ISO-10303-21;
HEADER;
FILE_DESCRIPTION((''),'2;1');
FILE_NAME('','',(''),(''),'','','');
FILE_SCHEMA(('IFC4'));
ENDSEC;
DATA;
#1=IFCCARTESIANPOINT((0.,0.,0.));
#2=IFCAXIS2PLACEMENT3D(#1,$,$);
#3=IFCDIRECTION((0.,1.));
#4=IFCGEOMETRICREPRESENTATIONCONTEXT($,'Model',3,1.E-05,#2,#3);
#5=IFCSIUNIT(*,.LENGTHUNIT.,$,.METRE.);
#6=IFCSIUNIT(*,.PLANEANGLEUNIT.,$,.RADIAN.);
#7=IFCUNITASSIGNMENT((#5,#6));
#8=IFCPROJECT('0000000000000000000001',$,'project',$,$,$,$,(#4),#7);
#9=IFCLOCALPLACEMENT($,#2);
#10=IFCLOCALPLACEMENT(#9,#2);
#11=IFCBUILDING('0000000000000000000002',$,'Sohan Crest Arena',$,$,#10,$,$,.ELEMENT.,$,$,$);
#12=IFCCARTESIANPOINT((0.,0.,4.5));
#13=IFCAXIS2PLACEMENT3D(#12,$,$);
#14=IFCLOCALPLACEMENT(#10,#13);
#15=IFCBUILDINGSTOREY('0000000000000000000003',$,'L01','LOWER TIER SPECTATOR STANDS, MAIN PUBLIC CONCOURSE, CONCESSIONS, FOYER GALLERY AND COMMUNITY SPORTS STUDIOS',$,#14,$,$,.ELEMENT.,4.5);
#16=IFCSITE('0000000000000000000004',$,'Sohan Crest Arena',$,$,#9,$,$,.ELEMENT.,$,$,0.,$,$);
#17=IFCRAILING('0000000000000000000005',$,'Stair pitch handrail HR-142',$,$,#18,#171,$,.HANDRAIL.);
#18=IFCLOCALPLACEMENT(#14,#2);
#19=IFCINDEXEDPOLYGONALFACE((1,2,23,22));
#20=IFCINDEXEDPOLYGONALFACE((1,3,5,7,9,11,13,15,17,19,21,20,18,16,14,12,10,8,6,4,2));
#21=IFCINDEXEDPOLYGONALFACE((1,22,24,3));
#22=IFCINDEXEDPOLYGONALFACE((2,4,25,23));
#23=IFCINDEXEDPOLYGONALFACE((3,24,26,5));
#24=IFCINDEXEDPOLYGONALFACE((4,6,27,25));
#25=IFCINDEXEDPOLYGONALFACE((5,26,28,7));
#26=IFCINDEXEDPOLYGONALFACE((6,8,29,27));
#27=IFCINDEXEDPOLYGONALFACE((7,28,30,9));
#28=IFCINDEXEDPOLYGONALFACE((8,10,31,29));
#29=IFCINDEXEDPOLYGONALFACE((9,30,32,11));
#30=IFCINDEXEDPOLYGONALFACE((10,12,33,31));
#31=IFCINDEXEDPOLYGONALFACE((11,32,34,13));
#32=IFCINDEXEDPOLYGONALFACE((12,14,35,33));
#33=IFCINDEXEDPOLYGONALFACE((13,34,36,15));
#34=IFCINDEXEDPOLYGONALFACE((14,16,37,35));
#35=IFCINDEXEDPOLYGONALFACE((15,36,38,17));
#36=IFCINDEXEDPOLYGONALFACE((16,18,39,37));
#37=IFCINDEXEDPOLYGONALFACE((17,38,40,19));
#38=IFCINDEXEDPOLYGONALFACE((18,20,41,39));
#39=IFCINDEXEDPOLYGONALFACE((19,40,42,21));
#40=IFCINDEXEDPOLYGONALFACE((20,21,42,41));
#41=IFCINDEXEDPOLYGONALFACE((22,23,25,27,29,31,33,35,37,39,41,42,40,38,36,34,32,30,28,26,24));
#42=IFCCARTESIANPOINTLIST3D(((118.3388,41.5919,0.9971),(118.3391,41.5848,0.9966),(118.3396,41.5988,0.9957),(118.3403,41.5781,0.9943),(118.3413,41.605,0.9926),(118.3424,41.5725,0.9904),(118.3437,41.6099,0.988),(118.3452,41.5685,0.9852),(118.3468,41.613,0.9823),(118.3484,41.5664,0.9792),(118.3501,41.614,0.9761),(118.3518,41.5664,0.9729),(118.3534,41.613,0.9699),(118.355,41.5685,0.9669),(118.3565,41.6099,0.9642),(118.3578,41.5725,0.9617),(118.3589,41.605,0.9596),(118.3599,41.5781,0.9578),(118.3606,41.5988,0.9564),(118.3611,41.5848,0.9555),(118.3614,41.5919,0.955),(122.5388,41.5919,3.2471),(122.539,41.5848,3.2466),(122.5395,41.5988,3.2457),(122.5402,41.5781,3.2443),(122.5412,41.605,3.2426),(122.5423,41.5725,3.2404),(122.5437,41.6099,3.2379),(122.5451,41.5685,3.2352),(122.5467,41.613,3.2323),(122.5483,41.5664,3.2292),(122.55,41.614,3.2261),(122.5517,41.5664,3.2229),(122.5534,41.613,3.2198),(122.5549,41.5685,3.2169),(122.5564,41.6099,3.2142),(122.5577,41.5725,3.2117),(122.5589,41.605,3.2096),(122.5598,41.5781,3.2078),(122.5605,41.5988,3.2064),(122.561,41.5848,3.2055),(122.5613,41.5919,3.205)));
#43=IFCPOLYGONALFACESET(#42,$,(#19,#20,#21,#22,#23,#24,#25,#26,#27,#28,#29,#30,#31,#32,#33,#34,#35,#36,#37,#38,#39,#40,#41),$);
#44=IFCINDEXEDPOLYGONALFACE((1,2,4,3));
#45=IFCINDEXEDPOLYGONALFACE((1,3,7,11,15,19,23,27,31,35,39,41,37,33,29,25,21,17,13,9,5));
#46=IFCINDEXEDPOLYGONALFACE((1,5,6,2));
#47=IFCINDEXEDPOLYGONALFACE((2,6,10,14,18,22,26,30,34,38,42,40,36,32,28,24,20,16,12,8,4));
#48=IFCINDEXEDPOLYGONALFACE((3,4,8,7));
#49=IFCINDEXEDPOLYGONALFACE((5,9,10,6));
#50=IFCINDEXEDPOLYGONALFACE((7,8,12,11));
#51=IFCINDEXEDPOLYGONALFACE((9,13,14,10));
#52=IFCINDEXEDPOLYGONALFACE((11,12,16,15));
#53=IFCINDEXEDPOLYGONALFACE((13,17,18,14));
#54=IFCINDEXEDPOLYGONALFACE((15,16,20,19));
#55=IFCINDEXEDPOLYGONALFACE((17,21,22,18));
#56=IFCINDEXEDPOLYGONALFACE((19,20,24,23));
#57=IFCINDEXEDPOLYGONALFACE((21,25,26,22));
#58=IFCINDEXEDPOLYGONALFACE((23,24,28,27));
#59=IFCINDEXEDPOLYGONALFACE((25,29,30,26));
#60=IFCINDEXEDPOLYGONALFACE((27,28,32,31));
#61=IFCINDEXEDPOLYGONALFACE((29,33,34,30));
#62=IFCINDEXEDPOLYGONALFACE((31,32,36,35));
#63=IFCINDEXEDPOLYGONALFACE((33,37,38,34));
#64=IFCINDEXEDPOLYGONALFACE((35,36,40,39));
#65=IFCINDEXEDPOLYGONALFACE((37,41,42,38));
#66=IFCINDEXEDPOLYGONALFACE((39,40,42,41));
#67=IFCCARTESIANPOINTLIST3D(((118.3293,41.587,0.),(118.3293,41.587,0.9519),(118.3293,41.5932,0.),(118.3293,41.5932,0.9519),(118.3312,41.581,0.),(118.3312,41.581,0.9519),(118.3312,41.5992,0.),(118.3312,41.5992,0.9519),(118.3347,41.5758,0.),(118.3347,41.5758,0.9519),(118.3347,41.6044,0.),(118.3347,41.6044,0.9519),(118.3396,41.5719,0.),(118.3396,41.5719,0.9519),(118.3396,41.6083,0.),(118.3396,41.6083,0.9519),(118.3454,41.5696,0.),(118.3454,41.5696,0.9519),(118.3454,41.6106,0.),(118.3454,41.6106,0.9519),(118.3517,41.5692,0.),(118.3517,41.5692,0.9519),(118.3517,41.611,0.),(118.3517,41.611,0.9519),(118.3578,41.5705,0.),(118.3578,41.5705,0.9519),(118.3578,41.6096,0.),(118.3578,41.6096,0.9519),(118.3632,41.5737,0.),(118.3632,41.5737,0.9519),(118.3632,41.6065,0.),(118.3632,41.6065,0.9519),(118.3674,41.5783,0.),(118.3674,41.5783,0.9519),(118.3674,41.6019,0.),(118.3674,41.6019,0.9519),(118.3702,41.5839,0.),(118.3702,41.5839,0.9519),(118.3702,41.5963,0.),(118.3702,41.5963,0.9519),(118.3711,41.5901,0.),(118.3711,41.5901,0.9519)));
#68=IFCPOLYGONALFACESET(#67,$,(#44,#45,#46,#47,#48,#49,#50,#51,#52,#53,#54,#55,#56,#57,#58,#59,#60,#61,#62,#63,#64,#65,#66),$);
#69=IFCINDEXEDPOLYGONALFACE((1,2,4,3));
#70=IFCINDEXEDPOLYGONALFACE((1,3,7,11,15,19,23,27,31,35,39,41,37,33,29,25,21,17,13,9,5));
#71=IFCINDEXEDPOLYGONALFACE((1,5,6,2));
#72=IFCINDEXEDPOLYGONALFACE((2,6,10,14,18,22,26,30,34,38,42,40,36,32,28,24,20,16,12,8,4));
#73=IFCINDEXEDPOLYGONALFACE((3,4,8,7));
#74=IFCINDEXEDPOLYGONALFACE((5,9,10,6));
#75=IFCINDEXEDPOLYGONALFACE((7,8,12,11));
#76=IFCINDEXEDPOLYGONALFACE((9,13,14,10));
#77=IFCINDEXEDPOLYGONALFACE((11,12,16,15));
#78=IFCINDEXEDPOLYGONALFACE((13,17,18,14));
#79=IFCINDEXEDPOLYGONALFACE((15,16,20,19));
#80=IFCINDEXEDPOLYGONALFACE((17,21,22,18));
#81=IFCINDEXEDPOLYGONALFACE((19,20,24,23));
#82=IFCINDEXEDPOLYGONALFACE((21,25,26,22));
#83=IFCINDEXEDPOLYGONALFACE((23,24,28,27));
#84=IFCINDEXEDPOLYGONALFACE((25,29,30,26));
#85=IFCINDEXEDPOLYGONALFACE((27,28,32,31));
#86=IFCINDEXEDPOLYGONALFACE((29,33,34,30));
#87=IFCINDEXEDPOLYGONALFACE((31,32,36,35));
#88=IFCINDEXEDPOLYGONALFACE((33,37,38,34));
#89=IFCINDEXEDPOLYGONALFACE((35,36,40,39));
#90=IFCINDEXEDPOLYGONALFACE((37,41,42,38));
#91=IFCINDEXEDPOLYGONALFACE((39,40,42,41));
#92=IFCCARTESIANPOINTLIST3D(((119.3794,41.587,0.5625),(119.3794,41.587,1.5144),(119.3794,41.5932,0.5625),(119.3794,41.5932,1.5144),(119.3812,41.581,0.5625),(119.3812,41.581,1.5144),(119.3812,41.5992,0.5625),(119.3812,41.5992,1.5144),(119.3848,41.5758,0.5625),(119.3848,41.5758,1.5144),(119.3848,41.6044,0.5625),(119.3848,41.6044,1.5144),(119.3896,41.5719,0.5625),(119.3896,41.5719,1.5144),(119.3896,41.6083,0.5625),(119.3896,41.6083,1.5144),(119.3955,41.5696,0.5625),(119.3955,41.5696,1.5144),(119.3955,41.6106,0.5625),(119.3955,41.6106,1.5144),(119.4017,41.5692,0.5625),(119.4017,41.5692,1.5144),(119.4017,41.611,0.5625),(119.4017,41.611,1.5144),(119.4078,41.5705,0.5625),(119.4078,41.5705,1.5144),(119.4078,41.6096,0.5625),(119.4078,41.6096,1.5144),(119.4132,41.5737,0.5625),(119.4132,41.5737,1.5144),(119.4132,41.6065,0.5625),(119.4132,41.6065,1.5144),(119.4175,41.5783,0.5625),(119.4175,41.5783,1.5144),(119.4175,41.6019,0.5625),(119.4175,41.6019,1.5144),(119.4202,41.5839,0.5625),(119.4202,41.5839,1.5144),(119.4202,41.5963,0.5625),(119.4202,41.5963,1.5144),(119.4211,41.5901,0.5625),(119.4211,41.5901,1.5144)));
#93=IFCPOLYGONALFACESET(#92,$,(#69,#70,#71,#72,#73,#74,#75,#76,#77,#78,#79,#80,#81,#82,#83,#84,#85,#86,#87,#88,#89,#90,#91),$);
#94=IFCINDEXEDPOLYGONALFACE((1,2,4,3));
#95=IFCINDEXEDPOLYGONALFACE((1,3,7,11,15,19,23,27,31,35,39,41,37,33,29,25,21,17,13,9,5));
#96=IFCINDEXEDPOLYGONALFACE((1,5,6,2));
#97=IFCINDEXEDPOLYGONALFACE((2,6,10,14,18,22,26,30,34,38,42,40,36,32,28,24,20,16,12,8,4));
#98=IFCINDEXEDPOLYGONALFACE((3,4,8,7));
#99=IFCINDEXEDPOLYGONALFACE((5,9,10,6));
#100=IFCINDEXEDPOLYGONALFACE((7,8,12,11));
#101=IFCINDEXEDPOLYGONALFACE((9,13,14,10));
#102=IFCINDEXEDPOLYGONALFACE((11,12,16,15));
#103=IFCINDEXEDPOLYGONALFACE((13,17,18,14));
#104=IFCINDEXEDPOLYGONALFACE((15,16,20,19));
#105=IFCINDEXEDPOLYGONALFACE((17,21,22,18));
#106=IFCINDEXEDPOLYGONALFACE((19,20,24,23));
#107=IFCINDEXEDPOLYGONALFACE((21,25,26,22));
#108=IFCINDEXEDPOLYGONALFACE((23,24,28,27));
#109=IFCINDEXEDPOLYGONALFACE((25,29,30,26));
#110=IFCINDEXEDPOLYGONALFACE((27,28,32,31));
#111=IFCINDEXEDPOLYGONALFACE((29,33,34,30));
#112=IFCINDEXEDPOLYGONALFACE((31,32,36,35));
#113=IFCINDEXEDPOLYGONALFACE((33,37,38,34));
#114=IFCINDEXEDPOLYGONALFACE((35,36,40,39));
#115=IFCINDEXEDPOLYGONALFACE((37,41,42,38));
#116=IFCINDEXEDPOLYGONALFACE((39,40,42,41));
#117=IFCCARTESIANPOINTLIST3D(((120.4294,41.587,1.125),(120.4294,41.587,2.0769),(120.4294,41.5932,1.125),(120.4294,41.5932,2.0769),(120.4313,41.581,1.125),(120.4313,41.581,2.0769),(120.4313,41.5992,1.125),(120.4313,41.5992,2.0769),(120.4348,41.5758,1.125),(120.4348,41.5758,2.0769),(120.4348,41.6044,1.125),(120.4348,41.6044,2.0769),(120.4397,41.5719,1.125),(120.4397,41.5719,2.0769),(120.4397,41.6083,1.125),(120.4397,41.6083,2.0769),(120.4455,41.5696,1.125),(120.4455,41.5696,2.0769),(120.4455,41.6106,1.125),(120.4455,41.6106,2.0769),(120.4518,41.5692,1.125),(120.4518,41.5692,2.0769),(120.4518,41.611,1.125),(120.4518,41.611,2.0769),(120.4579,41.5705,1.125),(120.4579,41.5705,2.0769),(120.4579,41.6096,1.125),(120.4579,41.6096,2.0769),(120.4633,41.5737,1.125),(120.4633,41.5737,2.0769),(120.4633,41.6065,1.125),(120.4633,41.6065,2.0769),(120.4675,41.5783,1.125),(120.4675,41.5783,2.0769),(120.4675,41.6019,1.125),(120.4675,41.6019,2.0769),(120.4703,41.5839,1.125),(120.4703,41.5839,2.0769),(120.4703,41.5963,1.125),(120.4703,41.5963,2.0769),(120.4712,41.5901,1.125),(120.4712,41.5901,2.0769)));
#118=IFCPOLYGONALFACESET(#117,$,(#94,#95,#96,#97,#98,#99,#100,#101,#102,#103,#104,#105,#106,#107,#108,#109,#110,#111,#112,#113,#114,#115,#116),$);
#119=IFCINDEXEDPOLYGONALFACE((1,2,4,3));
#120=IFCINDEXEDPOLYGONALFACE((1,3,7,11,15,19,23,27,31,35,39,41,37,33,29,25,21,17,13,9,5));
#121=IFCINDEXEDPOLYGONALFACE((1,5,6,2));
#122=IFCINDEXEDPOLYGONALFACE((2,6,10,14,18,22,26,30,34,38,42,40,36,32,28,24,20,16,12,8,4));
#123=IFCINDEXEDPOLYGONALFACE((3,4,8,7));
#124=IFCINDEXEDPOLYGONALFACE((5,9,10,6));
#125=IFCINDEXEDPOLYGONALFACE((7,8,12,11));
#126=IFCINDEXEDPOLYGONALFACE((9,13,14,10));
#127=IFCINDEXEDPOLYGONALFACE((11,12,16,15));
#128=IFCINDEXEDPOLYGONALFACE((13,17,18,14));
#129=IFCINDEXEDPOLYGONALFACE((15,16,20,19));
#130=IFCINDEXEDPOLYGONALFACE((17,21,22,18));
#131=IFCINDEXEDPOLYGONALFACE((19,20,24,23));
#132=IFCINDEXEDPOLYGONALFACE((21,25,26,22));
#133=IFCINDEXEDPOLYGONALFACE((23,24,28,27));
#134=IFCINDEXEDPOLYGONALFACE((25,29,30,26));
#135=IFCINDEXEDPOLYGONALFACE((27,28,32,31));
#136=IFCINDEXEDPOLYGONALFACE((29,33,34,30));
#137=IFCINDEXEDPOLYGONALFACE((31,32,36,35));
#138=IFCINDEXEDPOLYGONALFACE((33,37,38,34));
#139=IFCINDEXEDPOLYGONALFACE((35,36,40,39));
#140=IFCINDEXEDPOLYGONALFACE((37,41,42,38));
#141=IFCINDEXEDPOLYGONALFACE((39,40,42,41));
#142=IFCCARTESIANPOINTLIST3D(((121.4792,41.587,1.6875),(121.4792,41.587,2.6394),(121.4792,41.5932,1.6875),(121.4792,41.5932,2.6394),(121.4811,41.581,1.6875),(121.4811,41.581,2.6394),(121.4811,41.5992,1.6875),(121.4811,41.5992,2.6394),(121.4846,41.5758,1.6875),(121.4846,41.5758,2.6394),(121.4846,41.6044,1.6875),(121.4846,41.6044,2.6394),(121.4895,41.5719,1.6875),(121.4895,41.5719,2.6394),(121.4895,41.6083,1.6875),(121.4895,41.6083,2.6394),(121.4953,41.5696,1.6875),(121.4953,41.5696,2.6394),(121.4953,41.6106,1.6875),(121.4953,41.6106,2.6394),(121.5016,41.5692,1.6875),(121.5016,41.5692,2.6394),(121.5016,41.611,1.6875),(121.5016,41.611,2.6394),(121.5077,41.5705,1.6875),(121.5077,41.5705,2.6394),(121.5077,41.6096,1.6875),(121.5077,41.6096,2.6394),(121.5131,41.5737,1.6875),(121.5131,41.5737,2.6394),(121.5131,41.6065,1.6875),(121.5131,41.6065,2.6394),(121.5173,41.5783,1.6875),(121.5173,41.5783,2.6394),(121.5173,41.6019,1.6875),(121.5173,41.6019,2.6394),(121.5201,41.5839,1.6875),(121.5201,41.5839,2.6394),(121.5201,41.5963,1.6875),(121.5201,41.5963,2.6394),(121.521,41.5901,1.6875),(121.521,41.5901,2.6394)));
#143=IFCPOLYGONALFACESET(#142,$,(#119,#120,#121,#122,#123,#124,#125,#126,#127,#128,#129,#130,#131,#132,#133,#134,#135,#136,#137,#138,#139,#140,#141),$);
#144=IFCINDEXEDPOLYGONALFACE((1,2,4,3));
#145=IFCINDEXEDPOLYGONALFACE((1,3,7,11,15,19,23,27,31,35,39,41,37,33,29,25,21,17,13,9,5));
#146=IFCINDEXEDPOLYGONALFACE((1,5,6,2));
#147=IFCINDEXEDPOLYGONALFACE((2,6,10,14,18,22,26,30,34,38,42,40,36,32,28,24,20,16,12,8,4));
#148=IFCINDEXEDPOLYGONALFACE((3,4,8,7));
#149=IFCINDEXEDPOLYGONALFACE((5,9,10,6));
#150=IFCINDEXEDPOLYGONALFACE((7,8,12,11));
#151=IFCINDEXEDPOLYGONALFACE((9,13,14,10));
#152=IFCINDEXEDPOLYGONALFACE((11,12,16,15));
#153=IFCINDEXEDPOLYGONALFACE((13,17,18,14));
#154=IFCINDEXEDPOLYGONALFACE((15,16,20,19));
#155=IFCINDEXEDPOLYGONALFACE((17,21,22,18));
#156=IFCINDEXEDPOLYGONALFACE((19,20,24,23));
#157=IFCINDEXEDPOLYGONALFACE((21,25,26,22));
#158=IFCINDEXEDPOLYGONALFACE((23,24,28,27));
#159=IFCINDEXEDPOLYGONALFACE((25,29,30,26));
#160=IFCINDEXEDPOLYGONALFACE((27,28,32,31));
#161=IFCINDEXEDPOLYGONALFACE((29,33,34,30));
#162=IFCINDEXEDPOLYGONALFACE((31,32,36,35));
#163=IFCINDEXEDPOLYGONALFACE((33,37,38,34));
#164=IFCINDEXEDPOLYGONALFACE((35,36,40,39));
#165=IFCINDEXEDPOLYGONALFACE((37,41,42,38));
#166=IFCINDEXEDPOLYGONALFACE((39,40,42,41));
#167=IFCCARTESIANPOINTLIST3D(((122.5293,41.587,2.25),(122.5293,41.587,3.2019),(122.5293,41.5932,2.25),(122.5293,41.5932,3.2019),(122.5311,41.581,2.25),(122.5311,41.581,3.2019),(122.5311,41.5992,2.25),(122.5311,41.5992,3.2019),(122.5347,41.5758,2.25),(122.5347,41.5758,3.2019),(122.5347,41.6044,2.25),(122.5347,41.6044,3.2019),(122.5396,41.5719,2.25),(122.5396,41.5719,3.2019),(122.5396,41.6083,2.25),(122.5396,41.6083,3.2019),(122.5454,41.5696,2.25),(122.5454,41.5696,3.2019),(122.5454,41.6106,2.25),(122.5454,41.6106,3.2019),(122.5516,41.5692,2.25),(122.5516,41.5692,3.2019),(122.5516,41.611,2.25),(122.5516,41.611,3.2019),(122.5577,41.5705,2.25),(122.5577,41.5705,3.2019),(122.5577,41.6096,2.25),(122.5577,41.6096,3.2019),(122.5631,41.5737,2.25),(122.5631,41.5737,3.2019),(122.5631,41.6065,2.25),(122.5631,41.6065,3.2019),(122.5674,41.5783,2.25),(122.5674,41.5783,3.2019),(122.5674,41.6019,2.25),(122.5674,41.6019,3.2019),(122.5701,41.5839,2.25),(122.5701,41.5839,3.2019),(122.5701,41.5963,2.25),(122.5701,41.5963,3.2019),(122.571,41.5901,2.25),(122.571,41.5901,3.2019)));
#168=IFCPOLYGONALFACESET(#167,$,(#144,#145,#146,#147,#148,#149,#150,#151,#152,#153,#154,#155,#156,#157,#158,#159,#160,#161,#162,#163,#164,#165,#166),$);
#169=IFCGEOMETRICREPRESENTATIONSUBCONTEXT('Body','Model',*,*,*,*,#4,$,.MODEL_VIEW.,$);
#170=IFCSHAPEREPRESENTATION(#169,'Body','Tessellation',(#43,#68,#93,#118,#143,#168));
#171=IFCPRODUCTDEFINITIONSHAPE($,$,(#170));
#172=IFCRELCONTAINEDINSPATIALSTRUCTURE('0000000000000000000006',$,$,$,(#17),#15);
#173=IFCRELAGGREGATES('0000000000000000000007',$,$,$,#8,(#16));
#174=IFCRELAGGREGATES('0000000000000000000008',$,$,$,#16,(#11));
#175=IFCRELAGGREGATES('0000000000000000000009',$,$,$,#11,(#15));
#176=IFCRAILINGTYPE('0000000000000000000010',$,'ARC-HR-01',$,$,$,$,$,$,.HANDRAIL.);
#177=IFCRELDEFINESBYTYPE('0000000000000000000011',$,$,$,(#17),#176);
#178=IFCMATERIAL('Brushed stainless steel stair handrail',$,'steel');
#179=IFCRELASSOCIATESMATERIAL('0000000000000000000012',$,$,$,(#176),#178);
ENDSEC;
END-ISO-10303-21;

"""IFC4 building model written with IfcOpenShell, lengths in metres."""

from ifc_helpers import new_model, si_unit, direction, frame, origin, origin_2d, place, context, subcontext, project, spatial, circle, extrude, material, type_object, element, save


model = new_model("IFC4")

# Units and contexts
model_context = context("Model", 3, precision=1e-05, world=origin(), true_north=direction((0.0, 1.0)))
body_context = subcontext(model_context, "Body", "Model", "MODEL_VIEW")
ifc_project = project(units=[si_unit("LENGTHUNIT", "METRE"), si_unit("PLANEANGLEUNIT", "RADIAN")], contexts=[model_context])

# Site, building, storey
site_placement = place(None, origin())
site = spatial("IfcSite", under=ifc_project, at=site_placement, Name="Sohan Crest Arena", CompositionType="ELEMENT", RefElevation=0.0)
building_placement = place(site_placement, origin())
building = spatial("IfcBuilding", under=site, at=building_placement, Name="Sohan Crest Arena", CompositionType="ELEMENT")
storey_placement = place(building_placement, frame((0.0, 0.0, 4.5)))
storey = spatial("IfcBuildingStorey", under=building, at=storey_placement, Name="L01", Description="LOWER TIER SPECTATOR STANDS, MAIN PUBLIC CONCOURSE, CONCESSIONS, FOYER GALLERY AND COMMUNITY SPORTS STUDIOS", CompositionType="ELEMENT", Elevation=4.5)

# Railing
ifc_material_1 = material(Name="Brushed stainless steel stair handrail", Category="steel")
railing_type_1 = type_object("IfcRailingType", Name="ARC-HR-01", PredefinedType="HANDRAIL", material=ifc_material_1)
railing_1_placement = place(storey_placement, frame((118.3501, 41.5901, 0.0)))
element("IfcRailing", 1, at=railing_1_placement, inside=storey, type_object=railing_type_1, Name="Stair pitch handrail HR-142", PredefinedType="HANDRAIL", context=body_context, shape_type="SweptSolid", body=[
    extrude(circle(Radius=0.0239, at=origin_2d()), frame((0.0, 0.0, 0.9761), z_axis=(0.881478, 0.0, 0.472226), x_axis=(0.0, 1.0, 0.0)), (0.0, 0.0, 1.0), 4.7646),
    extrude(circle(Radius=0.021, at=origin_2d()), origin(), (0.0, 0.0, 1.0), 0.9519),
    extrude(circle(Radius=0.021, at=origin_2d()), frame((1.05, 0.0, 0.5625)), (0.0, 0.0, 1.0), 0.9519),
    extrude(circle(Radius=0.021, at=origin_2d()), frame((2.1001, 0.0, 1.125)), (0.0, 0.0, 1.0), 0.9519),
    extrude(circle(Radius=0.021, at=origin_2d()), frame((3.1499, 0.0, 1.6875)), (0.0, 0.0, 1.0), 0.9519),
    extrude(circle(Radius=0.021, at=origin_2d()), frame((4.2, 0.0, 2.25)), (0.0, 0.0, 1.0), 0.9519),
])

save(model, "model.ifc")
